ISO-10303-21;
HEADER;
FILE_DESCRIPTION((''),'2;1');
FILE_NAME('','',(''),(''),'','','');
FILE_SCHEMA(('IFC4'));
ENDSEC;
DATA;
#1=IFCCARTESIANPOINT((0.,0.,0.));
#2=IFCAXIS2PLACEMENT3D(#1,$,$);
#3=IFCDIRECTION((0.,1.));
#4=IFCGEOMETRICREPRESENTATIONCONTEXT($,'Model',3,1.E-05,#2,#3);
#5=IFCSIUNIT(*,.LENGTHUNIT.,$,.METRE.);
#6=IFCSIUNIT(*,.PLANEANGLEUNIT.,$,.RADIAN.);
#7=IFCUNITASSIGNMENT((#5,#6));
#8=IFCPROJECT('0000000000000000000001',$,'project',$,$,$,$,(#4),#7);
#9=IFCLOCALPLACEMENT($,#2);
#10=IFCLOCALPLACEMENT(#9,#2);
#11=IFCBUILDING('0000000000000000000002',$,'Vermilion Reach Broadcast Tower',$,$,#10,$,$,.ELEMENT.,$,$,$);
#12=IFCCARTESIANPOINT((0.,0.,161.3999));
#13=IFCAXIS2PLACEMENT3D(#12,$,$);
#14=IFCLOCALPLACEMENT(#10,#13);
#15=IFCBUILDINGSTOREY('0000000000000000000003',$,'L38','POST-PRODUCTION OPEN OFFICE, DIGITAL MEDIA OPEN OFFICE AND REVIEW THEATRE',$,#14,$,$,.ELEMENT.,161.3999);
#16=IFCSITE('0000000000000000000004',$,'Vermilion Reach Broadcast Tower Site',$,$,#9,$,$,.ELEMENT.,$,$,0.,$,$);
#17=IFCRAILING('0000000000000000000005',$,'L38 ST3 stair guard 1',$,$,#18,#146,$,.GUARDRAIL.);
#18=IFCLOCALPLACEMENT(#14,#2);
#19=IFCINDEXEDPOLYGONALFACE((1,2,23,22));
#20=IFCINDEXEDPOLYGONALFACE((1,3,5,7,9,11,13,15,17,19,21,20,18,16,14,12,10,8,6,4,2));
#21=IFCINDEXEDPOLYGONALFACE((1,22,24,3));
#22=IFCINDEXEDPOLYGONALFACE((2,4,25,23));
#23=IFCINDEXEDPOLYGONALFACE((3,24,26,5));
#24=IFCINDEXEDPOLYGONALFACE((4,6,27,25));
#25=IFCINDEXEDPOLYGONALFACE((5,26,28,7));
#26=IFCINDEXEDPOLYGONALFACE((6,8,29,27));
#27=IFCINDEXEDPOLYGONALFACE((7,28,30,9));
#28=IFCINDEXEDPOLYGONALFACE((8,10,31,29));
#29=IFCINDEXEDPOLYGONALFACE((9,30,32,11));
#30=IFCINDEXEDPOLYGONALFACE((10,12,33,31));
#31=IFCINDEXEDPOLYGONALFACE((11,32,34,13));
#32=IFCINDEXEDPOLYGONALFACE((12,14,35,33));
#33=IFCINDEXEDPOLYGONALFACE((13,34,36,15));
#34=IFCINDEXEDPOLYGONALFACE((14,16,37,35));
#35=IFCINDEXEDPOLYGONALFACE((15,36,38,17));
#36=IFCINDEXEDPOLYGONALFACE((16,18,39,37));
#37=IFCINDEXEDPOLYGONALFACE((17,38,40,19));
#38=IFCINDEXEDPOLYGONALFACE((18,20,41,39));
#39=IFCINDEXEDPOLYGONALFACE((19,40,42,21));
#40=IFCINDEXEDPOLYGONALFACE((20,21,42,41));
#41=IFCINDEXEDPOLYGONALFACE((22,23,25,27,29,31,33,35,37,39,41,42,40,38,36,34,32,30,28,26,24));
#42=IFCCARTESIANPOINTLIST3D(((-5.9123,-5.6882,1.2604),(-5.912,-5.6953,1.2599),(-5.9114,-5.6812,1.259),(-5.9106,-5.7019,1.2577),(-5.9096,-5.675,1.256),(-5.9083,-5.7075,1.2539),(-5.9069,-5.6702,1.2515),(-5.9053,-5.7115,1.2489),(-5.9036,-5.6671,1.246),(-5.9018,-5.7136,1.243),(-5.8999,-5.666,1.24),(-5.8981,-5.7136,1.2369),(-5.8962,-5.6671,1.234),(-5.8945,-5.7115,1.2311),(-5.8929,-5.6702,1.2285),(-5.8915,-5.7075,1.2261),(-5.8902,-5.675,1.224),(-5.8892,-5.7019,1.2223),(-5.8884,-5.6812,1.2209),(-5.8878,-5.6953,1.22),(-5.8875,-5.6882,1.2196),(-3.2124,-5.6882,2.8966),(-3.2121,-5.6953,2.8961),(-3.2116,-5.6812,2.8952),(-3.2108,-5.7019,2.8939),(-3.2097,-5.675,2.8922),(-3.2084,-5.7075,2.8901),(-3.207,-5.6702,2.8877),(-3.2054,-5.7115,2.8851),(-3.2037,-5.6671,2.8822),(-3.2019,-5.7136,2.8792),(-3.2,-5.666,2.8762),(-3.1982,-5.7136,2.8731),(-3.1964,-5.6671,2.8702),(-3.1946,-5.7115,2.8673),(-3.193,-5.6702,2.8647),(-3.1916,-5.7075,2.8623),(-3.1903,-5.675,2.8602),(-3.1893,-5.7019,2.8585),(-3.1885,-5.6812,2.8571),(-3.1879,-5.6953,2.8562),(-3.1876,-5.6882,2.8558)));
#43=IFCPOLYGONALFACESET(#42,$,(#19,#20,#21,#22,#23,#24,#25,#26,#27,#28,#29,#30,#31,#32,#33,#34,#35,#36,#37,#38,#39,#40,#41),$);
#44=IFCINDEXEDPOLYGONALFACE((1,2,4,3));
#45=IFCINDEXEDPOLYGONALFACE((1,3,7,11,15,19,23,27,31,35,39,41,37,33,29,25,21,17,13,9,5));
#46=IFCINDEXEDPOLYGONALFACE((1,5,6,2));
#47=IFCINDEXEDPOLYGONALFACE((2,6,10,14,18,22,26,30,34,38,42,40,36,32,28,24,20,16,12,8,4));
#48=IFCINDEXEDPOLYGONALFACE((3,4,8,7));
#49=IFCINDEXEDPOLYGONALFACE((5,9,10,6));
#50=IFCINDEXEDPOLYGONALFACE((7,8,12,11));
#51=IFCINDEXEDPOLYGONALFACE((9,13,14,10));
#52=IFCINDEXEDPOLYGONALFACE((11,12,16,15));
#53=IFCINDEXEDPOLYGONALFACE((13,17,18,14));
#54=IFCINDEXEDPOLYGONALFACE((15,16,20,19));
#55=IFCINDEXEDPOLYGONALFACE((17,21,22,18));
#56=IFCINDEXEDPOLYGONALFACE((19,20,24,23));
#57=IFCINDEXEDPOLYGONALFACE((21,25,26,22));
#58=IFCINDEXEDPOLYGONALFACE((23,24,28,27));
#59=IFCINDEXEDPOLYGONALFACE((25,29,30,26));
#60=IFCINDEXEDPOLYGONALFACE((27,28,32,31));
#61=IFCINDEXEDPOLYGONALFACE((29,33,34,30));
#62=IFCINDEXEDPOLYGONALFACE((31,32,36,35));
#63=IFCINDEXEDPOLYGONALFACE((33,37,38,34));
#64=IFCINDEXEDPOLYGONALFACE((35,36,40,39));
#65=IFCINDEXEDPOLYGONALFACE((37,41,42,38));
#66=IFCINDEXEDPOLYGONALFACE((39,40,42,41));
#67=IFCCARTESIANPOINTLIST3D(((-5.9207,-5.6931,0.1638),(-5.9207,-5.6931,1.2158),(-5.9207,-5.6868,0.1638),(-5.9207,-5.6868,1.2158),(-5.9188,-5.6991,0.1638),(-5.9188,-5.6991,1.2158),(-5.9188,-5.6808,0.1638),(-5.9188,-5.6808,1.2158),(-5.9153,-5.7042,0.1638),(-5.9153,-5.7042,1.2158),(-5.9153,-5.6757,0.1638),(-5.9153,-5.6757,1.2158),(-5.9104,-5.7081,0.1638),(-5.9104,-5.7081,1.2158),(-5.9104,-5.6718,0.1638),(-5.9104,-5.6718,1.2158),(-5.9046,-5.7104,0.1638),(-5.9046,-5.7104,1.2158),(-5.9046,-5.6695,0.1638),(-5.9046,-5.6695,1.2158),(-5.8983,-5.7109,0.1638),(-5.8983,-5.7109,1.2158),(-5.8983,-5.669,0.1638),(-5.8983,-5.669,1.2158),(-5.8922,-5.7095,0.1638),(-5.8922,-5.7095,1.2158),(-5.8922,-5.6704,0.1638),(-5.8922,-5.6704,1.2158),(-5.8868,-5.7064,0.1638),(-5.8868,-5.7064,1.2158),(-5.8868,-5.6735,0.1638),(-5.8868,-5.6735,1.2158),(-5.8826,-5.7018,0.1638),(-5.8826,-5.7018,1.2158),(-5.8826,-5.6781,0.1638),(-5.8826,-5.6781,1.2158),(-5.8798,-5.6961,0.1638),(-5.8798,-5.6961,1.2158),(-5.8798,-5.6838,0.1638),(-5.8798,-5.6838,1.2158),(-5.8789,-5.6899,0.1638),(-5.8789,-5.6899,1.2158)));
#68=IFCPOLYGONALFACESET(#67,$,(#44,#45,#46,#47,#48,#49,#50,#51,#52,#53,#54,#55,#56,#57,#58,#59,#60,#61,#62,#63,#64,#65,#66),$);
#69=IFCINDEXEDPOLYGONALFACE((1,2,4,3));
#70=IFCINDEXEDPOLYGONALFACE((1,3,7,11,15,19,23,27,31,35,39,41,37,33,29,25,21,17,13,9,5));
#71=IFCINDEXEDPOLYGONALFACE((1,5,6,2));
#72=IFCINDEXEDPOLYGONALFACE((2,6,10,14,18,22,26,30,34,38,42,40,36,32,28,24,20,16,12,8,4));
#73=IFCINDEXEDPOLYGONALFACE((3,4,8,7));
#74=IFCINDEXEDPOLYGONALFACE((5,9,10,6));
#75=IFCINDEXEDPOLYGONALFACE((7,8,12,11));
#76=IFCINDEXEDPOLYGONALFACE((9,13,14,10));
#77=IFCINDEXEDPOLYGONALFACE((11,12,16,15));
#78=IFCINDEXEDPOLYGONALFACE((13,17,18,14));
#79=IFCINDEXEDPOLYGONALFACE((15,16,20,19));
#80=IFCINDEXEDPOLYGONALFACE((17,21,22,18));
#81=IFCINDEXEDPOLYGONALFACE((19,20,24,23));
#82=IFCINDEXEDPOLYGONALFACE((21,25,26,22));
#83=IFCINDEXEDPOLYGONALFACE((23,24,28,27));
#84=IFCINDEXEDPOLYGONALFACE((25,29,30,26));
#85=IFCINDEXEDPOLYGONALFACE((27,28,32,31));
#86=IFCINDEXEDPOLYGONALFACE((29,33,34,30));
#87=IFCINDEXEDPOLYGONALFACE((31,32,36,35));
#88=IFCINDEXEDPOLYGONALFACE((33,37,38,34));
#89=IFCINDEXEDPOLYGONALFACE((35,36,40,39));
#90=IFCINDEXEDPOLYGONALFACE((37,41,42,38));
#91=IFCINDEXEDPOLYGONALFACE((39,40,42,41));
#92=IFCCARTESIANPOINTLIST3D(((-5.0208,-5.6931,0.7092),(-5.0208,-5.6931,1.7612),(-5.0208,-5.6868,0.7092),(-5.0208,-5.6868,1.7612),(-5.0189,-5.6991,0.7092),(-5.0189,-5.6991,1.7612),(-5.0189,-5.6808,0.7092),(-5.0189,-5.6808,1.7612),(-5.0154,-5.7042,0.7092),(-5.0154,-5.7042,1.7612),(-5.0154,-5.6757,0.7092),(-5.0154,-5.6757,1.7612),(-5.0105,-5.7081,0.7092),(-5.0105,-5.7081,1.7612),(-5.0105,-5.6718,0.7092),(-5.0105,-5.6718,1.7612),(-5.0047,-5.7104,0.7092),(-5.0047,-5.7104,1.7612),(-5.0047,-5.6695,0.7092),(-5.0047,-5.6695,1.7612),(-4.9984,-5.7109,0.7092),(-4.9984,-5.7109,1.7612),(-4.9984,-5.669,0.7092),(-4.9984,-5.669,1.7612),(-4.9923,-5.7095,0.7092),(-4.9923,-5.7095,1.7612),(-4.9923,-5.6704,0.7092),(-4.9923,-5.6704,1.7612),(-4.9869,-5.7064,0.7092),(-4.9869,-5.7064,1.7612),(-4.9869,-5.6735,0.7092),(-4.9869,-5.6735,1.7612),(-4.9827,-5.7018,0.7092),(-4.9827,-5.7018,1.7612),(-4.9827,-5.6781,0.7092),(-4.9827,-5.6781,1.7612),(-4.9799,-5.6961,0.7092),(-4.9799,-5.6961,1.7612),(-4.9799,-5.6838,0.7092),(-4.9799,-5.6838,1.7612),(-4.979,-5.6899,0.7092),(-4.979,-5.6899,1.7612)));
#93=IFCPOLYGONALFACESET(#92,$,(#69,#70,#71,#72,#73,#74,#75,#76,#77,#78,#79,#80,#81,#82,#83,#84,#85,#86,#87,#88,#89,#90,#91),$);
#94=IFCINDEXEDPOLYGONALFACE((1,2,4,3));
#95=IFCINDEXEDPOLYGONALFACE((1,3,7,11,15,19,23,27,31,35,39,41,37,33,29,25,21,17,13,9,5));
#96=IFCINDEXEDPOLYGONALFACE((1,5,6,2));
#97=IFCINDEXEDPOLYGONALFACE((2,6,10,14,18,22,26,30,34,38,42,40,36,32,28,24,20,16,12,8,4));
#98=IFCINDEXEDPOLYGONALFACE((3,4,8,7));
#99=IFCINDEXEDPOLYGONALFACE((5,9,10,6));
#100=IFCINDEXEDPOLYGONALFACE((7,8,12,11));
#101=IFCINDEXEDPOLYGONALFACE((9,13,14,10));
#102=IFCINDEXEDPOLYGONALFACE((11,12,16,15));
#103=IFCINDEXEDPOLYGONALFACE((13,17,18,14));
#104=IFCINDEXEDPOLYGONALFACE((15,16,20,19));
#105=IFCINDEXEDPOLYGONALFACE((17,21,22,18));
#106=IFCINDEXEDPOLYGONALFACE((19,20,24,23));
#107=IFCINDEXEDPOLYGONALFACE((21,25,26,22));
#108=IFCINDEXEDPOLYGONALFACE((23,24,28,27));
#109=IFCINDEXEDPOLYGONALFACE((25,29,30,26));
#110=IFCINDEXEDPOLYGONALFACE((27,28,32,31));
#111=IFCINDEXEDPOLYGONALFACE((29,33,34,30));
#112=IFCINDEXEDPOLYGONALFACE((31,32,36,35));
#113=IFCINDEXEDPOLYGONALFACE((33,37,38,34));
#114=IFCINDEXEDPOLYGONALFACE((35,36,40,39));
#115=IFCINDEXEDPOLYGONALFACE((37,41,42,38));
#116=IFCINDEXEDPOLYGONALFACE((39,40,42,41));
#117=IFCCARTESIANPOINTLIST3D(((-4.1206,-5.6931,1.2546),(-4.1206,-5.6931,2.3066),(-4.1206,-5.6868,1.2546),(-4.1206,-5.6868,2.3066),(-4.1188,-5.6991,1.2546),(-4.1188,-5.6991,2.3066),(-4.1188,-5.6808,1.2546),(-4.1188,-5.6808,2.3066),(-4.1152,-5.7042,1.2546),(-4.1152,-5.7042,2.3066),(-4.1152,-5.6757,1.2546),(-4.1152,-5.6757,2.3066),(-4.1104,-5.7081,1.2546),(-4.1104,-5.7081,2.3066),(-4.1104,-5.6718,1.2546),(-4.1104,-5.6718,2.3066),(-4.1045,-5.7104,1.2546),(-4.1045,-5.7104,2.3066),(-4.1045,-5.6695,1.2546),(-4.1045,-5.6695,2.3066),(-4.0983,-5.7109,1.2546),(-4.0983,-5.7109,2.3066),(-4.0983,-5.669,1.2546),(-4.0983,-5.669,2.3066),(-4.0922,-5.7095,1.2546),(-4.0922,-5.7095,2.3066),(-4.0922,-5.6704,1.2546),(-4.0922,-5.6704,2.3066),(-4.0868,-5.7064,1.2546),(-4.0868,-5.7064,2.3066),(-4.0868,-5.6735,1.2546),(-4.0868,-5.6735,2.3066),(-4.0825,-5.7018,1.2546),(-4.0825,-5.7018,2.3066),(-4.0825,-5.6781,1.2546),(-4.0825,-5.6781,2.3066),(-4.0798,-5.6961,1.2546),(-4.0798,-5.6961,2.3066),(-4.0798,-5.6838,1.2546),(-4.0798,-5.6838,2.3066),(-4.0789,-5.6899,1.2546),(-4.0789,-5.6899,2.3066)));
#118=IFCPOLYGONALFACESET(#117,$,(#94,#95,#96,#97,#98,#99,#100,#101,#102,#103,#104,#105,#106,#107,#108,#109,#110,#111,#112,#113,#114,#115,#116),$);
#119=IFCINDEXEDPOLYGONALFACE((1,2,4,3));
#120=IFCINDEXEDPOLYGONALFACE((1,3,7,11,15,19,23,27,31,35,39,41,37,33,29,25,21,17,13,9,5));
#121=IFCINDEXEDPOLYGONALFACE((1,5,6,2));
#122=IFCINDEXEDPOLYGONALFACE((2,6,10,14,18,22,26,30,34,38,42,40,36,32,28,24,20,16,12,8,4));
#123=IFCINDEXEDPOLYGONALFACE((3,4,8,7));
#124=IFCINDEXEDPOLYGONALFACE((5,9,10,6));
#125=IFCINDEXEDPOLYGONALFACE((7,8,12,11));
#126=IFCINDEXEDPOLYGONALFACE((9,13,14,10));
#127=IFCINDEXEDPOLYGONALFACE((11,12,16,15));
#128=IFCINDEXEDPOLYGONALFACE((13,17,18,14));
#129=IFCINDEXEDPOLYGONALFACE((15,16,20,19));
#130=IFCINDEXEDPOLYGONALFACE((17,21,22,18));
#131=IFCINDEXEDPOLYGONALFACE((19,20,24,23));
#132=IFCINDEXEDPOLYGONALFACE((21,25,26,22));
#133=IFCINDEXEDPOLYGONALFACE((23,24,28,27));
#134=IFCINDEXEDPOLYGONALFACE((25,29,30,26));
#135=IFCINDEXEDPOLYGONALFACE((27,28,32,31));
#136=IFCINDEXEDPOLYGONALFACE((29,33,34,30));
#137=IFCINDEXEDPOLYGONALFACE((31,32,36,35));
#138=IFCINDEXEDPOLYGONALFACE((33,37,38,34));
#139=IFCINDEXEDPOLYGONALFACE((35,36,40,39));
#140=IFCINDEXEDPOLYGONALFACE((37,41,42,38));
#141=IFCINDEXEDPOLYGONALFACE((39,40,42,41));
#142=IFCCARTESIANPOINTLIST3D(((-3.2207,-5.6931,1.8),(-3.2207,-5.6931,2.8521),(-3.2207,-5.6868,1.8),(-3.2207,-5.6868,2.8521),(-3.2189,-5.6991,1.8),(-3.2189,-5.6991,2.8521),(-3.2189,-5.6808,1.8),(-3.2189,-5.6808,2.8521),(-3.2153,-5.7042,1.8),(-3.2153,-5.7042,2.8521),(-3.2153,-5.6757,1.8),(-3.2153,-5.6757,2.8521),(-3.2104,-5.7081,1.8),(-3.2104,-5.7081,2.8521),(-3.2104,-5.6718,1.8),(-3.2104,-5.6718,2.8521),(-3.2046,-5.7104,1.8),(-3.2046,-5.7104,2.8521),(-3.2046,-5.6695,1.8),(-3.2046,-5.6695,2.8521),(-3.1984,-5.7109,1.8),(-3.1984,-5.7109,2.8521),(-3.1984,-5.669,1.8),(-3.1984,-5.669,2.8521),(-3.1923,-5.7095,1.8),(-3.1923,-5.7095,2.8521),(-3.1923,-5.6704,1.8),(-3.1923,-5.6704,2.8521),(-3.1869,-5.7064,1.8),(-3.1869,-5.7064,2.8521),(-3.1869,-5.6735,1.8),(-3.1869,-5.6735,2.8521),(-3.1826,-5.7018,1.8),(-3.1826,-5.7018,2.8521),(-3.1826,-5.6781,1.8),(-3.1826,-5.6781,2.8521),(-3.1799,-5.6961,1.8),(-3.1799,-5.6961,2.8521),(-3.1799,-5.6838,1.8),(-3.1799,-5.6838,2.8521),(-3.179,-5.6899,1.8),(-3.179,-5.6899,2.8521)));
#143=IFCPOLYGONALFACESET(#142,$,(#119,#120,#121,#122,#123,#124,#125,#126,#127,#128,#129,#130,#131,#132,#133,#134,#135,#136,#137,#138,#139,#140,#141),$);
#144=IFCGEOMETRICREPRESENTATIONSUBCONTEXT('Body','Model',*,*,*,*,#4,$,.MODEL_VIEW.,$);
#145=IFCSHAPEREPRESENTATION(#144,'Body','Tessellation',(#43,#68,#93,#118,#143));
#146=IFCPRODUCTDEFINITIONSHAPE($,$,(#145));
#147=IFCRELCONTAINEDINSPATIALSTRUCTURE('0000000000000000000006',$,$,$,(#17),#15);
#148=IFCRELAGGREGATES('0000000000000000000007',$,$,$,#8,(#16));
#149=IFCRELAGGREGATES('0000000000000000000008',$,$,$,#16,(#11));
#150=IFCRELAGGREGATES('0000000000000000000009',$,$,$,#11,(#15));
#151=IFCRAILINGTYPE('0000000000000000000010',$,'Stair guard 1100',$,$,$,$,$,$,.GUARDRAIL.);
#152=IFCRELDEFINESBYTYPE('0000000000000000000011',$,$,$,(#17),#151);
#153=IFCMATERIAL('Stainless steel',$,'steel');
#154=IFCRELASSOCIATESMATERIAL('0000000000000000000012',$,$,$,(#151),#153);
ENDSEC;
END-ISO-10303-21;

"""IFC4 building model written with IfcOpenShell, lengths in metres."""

from ifc_helpers import new_model, si_unit, direction, frame, origin, origin_2d, place, context, subcontext, project, spatial, circle, extrude, material, type_object, element, save


model = new_model("IFC4")

# Units and contexts
model_context = context("Model", 3, precision=1e-05, world=origin(), true_north=direction((0.0, 1.0)))
body_context = subcontext(model_context, "Body", "Model", "MODEL_VIEW")
ifc_project = project(units=[si_unit("LENGTHUNIT", "METRE"), si_unit("PLANEANGLEUNIT", "RADIAN")], contexts=[model_context])

# Site, building, storey
site_placement = place(None, origin())
site = spatial("IfcSite", under=ifc_project, at=site_placement, Name="Vermilion Reach Broadcast Tower Site", CompositionType="ELEMENT", RefElevation=0.0)
building_placement = place(site_placement, origin())
building = spatial("IfcBuilding", under=site, at=building_placement, Name="Vermilion Reach Broadcast Tower", CompositionType="ELEMENT")
storey_placement = place(building_placement, frame((0.0, 0.0, 161.3999)))
storey = spatial("IfcBuildingStorey", under=building, at=storey_placement, Name="L38", Description="POST-PRODUCTION OPEN OFFICE, DIGITAL MEDIA OPEN OFFICE AND REVIEW THEATRE", CompositionType="ELEMENT", Elevation=161.3999)

# Railing
ifc_material_1 = material(Name="Stainless steel", Category="steel")
railing_type_1 = type_object("IfcRailingType", Name="Stair guard 1100", PredefinedType="GUARDRAIL", material=ifc_material_1)
railing_1_placement = place(storey_placement, frame((-5.8999, -5.6899, 0.1638)))
element("IfcRailing", 1, at=railing_1_placement, inside=storey, type_object=railing_type_1, Name="L38 ST3 stair guard 1", PredefinedType="GUARDRAIL", context=body_context, shape_type="SweptSolid", body=[
    extrude(circle(Radius=0.0239, at=origin_2d()), frame((0.0, 0.0, 1.0762), z_axis=(0.855212, 0.0, 0.518278), x_axis=(0.0, 1.0, 0.0)), (0.0, 0.0, 1.0), 3.157),
    extrude(circle(Radius=0.021, at=origin_2d()), origin(), (0.0, 0.0, 1.0), 1.052),
    extrude(circle(Radius=0.021, at=origin_2d()), frame((0.8999, 0.0, 0.5454)), (0.0, 0.0, 1.0), 1.052),
    extrude(circle(Radius=0.021, at=origin_2d()), frame((1.8, 0.0, 1.0908)), (0.0, 0.0, 1.0), 1.052),
    extrude(circle(Radius=0.021, at=origin_2d()), frame((2.7, 0.0, 1.6362)), (0.0, 0.0, 1.0), 1.052),
])

save(model, "model.ifc")
